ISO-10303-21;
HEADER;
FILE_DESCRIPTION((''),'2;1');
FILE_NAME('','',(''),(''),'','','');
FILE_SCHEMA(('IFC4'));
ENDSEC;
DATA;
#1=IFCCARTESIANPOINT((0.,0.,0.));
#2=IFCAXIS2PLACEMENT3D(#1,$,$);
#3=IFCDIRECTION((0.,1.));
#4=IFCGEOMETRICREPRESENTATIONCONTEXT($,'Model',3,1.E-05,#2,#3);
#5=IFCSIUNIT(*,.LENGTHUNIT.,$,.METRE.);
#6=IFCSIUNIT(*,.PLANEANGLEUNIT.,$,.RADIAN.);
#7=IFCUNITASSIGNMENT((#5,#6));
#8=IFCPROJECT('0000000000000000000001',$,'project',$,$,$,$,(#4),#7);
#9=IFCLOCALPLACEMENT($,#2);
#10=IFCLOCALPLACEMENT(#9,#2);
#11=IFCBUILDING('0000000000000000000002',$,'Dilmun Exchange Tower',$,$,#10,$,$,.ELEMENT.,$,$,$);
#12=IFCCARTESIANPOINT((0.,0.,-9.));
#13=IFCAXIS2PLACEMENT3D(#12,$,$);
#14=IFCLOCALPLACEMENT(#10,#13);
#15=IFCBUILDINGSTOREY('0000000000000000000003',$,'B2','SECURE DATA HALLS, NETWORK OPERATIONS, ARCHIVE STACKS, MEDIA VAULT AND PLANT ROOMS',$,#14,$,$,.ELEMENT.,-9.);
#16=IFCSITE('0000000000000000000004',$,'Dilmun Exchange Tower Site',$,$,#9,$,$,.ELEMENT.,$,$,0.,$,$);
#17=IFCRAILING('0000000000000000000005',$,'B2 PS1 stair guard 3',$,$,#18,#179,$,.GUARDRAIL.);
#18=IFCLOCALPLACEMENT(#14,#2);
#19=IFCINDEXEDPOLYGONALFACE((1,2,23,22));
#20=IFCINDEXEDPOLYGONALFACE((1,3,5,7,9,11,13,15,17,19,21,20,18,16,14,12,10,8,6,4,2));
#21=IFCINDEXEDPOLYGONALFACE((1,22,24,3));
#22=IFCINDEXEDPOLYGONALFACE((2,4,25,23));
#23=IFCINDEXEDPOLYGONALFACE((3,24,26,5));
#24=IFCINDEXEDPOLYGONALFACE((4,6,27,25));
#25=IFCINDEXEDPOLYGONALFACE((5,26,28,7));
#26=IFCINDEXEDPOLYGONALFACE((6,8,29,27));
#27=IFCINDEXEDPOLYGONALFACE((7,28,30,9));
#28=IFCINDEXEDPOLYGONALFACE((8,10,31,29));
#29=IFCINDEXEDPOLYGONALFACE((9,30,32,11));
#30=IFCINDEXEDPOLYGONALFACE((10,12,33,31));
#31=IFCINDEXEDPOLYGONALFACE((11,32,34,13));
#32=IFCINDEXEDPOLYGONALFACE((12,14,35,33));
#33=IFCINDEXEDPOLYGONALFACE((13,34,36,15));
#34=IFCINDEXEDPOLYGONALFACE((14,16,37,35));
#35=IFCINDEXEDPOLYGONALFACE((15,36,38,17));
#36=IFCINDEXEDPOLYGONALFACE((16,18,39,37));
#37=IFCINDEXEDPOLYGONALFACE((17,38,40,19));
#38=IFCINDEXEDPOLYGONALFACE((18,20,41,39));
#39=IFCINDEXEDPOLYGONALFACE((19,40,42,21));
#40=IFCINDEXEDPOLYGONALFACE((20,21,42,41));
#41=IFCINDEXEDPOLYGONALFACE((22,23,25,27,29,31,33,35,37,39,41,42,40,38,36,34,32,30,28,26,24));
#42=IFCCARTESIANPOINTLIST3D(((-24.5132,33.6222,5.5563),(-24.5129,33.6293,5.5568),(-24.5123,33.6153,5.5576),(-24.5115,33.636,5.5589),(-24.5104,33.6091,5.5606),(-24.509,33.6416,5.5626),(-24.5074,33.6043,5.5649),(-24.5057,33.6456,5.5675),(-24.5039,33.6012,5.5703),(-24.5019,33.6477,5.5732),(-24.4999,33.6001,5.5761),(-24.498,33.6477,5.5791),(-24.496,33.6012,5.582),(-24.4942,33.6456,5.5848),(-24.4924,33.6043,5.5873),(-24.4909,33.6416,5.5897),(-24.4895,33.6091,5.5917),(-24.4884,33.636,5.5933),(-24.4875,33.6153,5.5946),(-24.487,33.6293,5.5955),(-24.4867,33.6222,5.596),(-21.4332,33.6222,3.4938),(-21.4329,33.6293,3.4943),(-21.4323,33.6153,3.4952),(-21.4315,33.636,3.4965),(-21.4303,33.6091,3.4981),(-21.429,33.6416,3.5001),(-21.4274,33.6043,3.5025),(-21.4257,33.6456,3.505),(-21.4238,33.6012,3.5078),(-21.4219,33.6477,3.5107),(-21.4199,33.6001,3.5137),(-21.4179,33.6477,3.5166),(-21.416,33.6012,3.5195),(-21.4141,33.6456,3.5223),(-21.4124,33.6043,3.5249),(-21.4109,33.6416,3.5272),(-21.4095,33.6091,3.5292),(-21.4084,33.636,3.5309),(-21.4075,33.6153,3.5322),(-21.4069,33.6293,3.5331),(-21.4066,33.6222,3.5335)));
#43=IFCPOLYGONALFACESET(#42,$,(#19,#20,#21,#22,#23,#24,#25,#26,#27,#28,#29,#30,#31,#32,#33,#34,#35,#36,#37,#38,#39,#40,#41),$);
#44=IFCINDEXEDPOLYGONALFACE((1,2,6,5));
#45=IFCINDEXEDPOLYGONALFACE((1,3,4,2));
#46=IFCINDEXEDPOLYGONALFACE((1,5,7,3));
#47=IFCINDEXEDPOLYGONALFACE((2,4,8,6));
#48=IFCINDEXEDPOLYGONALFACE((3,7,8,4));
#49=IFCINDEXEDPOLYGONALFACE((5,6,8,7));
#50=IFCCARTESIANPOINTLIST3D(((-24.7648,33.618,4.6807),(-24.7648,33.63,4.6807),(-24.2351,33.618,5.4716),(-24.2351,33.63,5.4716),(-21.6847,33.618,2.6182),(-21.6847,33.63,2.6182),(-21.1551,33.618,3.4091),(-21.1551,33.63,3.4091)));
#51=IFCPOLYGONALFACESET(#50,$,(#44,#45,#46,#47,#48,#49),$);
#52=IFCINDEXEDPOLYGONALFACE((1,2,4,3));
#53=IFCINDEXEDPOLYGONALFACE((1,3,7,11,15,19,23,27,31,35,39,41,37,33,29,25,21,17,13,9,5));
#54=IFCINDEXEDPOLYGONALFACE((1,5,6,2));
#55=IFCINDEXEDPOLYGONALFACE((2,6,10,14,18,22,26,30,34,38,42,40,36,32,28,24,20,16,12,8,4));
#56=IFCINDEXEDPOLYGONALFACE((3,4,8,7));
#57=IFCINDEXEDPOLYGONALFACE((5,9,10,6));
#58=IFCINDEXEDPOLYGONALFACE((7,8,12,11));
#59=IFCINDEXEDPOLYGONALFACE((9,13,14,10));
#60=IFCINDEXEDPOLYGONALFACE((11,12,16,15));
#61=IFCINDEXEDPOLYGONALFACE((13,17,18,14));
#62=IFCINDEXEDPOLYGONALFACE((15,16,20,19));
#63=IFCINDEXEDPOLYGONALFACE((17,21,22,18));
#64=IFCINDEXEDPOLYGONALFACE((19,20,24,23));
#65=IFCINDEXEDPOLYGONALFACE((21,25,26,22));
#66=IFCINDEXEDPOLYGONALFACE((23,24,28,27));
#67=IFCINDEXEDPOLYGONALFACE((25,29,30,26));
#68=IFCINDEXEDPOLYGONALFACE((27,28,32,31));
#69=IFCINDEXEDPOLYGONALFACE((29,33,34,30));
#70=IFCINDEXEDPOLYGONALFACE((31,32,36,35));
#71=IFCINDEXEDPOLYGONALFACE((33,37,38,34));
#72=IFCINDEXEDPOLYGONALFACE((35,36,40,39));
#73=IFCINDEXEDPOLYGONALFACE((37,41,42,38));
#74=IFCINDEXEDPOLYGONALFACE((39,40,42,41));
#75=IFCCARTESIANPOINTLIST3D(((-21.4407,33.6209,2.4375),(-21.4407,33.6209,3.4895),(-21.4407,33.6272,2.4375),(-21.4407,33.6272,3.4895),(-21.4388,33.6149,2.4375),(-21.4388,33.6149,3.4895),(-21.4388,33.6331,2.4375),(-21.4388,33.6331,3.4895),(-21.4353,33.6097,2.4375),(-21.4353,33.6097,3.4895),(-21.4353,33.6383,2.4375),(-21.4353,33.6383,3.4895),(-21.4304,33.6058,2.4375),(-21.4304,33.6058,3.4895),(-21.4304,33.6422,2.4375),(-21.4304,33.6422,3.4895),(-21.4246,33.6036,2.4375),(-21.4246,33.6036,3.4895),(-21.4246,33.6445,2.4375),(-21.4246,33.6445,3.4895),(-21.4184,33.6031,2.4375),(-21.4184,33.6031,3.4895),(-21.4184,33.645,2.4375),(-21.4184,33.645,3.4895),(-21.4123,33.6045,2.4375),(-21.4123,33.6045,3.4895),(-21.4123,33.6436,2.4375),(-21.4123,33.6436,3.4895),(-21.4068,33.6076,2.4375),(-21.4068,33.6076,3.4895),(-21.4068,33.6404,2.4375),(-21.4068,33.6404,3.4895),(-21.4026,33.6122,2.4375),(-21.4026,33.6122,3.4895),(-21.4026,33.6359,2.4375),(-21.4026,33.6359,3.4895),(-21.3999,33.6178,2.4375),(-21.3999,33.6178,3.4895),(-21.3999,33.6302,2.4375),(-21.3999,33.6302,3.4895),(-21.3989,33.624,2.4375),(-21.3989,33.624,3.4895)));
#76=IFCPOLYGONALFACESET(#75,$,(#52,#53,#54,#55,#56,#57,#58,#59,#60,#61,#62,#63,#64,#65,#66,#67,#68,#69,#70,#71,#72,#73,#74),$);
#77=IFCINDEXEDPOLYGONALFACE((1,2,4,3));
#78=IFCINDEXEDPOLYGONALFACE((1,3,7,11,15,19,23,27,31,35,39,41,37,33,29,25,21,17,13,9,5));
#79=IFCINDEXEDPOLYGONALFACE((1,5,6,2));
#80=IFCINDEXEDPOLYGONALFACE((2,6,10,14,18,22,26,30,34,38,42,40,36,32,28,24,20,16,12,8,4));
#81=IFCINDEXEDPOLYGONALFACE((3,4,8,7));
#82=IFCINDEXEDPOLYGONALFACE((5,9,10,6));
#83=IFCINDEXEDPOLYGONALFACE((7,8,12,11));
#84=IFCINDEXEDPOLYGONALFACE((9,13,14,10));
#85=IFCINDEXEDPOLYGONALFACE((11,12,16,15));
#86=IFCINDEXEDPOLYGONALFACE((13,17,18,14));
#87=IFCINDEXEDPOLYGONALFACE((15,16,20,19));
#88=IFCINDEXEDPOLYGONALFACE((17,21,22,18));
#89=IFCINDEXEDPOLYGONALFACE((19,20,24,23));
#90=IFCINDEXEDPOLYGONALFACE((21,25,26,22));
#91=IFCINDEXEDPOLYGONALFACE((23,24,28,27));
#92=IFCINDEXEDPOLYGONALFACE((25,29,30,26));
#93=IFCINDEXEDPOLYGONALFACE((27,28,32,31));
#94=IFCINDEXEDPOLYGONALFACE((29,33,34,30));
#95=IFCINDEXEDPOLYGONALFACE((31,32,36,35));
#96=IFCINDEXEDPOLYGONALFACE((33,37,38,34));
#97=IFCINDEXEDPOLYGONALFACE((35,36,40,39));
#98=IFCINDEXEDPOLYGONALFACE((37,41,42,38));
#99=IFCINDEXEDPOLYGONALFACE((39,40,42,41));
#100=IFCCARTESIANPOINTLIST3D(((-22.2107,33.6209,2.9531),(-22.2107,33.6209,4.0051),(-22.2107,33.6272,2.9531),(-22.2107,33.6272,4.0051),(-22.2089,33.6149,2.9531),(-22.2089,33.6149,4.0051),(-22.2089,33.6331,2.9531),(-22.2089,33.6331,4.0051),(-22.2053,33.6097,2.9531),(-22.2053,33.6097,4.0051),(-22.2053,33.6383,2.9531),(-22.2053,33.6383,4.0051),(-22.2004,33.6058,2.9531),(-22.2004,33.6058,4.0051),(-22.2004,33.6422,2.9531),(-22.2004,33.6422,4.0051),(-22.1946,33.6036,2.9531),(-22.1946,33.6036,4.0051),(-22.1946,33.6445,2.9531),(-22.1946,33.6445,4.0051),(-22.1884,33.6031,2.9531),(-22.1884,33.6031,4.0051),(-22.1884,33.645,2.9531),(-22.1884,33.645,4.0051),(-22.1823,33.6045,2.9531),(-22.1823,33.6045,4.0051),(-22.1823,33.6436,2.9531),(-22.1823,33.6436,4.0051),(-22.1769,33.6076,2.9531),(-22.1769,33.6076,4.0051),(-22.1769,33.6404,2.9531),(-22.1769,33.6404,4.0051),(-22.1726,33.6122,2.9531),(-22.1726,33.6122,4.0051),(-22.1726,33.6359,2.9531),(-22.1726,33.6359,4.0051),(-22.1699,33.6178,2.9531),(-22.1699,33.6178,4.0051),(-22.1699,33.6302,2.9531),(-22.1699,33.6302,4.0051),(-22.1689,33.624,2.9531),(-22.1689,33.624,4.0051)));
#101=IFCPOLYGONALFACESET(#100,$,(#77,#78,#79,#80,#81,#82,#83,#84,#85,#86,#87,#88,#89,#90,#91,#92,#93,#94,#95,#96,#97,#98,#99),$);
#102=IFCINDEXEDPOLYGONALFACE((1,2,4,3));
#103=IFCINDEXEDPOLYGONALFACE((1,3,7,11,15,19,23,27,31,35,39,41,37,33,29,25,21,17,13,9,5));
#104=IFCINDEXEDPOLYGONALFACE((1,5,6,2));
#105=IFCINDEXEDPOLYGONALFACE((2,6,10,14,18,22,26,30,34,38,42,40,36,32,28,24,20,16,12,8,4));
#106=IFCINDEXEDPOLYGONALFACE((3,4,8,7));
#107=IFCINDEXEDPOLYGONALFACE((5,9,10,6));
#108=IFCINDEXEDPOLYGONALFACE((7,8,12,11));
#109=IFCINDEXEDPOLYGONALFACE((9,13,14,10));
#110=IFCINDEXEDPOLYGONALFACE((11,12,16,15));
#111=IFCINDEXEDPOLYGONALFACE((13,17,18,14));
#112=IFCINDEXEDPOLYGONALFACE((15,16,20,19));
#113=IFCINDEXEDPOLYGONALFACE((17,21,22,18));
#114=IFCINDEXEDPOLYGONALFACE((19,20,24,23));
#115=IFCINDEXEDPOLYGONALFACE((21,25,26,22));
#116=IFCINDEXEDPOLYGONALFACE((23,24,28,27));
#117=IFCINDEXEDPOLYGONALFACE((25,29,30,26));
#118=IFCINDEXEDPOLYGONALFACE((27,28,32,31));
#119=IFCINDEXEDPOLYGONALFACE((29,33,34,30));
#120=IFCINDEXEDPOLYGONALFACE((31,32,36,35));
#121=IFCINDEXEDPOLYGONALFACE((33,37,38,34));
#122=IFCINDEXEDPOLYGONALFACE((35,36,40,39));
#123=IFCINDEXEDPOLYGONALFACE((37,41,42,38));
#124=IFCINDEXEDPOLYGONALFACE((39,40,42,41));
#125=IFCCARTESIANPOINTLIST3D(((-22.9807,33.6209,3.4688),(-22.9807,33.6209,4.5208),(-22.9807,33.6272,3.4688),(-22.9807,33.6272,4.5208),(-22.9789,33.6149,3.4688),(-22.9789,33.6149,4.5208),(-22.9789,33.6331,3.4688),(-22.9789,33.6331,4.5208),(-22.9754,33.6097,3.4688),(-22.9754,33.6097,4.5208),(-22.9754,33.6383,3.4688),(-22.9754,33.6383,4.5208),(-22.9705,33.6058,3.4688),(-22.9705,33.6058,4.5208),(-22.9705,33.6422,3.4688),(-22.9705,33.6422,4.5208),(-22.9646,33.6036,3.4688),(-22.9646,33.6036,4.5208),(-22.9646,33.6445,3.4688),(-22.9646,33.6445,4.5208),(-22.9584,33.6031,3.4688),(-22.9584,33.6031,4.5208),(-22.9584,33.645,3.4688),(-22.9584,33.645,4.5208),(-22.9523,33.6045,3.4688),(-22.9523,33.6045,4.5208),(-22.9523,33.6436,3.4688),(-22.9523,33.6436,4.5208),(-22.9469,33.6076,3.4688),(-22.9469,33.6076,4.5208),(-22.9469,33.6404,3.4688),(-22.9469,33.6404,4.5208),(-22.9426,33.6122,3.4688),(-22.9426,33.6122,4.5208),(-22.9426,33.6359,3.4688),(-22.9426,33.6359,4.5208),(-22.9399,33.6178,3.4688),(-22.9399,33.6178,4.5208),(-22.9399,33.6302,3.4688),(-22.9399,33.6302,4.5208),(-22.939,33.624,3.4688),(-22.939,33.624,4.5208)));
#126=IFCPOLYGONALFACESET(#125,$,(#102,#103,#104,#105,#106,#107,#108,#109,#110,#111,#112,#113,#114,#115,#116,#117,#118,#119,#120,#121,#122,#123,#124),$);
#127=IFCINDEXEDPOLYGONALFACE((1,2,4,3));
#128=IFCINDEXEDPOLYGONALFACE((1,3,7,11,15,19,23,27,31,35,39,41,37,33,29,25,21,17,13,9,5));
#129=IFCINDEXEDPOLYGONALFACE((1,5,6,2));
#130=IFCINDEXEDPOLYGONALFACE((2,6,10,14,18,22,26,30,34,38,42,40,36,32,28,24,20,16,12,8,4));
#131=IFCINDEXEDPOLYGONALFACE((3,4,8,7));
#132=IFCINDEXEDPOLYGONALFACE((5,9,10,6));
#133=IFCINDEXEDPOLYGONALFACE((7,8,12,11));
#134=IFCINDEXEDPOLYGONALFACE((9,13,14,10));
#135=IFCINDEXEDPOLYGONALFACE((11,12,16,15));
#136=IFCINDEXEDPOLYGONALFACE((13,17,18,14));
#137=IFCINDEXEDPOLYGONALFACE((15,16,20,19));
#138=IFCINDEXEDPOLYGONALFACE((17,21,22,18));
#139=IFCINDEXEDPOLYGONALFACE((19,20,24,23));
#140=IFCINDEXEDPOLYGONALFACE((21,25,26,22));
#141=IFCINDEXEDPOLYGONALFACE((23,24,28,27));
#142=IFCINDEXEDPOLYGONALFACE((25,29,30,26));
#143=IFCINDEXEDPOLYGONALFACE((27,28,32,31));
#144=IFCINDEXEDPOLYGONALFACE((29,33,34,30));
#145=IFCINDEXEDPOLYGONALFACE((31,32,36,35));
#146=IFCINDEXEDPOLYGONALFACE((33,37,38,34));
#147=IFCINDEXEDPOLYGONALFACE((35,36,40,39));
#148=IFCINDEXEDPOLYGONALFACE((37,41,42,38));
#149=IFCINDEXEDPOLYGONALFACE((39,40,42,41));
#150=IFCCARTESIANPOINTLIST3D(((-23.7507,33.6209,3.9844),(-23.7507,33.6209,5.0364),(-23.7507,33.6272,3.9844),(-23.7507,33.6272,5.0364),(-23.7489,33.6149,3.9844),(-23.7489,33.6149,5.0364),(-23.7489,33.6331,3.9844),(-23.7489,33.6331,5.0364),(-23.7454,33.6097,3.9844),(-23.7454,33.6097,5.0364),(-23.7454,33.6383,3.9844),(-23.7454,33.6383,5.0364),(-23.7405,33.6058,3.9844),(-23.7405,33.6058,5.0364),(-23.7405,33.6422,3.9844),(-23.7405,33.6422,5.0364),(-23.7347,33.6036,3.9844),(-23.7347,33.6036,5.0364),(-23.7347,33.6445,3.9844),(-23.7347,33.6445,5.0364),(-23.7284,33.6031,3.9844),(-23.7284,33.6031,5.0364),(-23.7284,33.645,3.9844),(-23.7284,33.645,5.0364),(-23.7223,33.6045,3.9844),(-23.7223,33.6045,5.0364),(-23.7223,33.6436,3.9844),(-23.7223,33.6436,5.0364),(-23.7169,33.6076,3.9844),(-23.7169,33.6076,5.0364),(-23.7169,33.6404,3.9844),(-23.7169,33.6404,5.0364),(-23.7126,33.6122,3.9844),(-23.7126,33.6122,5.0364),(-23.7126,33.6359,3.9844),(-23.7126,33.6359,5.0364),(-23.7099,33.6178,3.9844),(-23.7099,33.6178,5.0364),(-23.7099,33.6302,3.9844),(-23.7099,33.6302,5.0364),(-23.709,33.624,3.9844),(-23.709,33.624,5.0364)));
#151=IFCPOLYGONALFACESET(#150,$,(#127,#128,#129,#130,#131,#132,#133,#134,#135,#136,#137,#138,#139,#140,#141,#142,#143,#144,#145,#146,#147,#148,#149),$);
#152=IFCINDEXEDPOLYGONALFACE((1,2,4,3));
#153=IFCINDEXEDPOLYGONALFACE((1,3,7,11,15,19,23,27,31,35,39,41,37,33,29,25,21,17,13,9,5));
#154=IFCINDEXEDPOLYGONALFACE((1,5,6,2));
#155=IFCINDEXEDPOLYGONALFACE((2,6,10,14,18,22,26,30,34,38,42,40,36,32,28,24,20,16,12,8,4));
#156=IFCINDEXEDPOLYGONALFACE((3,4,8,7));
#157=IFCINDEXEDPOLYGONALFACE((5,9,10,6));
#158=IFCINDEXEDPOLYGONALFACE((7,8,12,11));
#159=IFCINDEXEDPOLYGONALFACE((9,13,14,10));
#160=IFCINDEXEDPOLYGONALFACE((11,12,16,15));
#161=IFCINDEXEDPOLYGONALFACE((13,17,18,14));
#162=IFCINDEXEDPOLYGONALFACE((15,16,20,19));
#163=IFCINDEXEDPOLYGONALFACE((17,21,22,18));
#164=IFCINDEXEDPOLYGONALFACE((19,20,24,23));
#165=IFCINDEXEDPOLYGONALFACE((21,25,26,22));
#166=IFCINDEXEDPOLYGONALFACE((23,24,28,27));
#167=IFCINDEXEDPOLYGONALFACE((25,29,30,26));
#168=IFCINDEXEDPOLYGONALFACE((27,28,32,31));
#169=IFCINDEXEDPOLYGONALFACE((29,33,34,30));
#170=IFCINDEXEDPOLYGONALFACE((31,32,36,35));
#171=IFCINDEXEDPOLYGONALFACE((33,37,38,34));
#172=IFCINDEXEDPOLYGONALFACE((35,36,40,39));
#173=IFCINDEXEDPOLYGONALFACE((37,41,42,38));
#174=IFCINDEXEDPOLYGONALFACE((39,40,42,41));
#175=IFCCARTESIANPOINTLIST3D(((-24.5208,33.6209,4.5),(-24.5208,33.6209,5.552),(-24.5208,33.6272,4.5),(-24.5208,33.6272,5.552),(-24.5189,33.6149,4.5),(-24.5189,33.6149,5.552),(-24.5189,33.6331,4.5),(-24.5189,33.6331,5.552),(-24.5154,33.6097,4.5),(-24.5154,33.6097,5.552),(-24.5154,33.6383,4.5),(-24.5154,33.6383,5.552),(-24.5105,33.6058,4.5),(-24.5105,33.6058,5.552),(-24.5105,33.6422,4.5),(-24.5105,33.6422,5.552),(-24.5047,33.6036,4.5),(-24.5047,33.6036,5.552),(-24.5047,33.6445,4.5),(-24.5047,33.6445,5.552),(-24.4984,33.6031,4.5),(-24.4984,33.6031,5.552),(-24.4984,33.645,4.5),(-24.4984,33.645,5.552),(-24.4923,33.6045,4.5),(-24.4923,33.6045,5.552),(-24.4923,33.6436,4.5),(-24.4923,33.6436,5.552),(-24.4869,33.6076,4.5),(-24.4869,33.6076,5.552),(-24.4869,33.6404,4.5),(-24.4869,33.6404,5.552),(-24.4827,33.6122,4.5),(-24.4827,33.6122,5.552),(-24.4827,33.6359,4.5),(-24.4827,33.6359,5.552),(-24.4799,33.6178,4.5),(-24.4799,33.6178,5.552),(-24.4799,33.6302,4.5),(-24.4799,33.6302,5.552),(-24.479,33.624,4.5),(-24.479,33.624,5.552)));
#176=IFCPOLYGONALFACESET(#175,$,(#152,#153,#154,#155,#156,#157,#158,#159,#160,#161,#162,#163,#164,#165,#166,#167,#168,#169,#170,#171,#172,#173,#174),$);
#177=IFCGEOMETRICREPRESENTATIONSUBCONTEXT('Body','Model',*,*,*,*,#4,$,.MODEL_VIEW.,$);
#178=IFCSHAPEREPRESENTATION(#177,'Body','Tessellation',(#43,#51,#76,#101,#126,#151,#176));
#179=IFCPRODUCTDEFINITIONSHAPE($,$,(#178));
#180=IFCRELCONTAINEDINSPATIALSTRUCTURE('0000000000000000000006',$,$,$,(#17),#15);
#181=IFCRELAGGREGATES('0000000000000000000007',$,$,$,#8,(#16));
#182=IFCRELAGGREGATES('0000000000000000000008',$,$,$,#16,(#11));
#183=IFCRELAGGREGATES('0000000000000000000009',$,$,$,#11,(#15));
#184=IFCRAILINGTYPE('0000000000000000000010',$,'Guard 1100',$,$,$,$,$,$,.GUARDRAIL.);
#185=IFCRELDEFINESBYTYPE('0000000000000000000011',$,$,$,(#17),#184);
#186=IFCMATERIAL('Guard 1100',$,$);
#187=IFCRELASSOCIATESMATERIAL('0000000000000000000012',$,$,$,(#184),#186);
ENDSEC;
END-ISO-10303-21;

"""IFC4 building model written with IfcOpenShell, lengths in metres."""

from ifc_helpers import new_model, si_unit, direction, frame, origin, origin_2d, place, context, subcontext, project, spatial, rectangle, circle, extrude, material, type_object, element, save


model = new_model("IFC4")

# Units and contexts
model_context = context("Model", 3, precision=1e-05, world=origin(), true_north=direction((0.0, 1.0)))
body_context = subcontext(model_context, "Body", "Model", "MODEL_VIEW")
ifc_project = project(units=[si_unit("LENGTHUNIT", "METRE"), si_unit("PLANEANGLEUNIT", "RADIAN")], contexts=[model_context])

# Site, building, storey
site_placement = place(None, origin())
site = spatial("IfcSite", under=ifc_project, at=site_placement, Name="Dilmun Exchange Tower Site", CompositionType="ELEMENT", RefElevation=0.0)
building_placement = place(site_placement, origin())
building = spatial("IfcBuilding", under=site, at=building_placement, Name="Dilmun Exchange Tower", CompositionType="ELEMENT")
storey_placement = place(building_placement, frame((0.0, 0.0, -9.0)))
storey = spatial("IfcBuildingStorey", under=building, at=storey_placement, Name="B2", Description="SECURE DATA HALLS, NETWORK OPERATIONS, ARCHIVE STACKS, MEDIA VAULT AND PLANT ROOMS", CompositionType="ELEMENT", Elevation=-9.0)

# Railing
ifc_material_1 = material(Name="Guard 1100")
railing_type_1 = type_object("IfcRailingType", Name="Guard 1100", PredefinedType="GUARDRAIL", material=ifc_material_1)
railing_1_placement = place(storey_placement, frame((-21.4199, 33.624, 2.4375)))
element("IfcRailing", 1, at=railing_1_placement, inside=storey, type_object=railing_type_1, Name="B2 PS1 stair guard 3", PredefinedType="GUARDRAIL", context=body_context, shape_type="SweptSolid", body=[
    extrude(circle(Radius=0.0239, at=origin_2d()), frame((0.0, 0.0, 1.0762), z_axis=(-0.830914, 0.0, 0.556401), x_axis=(0.0, -1.0, 0.0)), (0.0, 0.0, 1.0), 3.7068),
    extrude(rectangle(XDim=0.012, YDim=0.9519, at=origin_2d()), frame((0.0, 0.0, 0.5762), z_axis=(-0.830914, 0.0, 0.556401), x_axis=(0.0, -1.0, 0.0)), (0.0, 0.0, 1.0), 3.7068),
    extrude(circle(Radius=0.021, at=origin_2d()), origin(), (0.0, 0.0, 1.0), 1.052),
    extrude(circle(Radius=0.021, at=origin_2d()), frame((-0.77, 0.0, 0.5156)), (0.0, 0.0, 1.0), 1.052),
    extrude(circle(Radius=0.021, at=origin_2d()), frame((-1.54, 0.0, 1.0312)), (0.0, 0.0, 1.0), 1.052),
    extrude(circle(Radius=0.021, at=origin_2d()), frame((-2.3101, 0.0, 1.5469)), (0.0, 0.0, 1.0), 1.052),
    extrude(circle(Radius=0.021, at=origin_2d()), frame((-3.0801, 0.0, 2.0625)), (0.0, 0.0, 1.0), 1.052),
])

save(model, "model.ifc")
